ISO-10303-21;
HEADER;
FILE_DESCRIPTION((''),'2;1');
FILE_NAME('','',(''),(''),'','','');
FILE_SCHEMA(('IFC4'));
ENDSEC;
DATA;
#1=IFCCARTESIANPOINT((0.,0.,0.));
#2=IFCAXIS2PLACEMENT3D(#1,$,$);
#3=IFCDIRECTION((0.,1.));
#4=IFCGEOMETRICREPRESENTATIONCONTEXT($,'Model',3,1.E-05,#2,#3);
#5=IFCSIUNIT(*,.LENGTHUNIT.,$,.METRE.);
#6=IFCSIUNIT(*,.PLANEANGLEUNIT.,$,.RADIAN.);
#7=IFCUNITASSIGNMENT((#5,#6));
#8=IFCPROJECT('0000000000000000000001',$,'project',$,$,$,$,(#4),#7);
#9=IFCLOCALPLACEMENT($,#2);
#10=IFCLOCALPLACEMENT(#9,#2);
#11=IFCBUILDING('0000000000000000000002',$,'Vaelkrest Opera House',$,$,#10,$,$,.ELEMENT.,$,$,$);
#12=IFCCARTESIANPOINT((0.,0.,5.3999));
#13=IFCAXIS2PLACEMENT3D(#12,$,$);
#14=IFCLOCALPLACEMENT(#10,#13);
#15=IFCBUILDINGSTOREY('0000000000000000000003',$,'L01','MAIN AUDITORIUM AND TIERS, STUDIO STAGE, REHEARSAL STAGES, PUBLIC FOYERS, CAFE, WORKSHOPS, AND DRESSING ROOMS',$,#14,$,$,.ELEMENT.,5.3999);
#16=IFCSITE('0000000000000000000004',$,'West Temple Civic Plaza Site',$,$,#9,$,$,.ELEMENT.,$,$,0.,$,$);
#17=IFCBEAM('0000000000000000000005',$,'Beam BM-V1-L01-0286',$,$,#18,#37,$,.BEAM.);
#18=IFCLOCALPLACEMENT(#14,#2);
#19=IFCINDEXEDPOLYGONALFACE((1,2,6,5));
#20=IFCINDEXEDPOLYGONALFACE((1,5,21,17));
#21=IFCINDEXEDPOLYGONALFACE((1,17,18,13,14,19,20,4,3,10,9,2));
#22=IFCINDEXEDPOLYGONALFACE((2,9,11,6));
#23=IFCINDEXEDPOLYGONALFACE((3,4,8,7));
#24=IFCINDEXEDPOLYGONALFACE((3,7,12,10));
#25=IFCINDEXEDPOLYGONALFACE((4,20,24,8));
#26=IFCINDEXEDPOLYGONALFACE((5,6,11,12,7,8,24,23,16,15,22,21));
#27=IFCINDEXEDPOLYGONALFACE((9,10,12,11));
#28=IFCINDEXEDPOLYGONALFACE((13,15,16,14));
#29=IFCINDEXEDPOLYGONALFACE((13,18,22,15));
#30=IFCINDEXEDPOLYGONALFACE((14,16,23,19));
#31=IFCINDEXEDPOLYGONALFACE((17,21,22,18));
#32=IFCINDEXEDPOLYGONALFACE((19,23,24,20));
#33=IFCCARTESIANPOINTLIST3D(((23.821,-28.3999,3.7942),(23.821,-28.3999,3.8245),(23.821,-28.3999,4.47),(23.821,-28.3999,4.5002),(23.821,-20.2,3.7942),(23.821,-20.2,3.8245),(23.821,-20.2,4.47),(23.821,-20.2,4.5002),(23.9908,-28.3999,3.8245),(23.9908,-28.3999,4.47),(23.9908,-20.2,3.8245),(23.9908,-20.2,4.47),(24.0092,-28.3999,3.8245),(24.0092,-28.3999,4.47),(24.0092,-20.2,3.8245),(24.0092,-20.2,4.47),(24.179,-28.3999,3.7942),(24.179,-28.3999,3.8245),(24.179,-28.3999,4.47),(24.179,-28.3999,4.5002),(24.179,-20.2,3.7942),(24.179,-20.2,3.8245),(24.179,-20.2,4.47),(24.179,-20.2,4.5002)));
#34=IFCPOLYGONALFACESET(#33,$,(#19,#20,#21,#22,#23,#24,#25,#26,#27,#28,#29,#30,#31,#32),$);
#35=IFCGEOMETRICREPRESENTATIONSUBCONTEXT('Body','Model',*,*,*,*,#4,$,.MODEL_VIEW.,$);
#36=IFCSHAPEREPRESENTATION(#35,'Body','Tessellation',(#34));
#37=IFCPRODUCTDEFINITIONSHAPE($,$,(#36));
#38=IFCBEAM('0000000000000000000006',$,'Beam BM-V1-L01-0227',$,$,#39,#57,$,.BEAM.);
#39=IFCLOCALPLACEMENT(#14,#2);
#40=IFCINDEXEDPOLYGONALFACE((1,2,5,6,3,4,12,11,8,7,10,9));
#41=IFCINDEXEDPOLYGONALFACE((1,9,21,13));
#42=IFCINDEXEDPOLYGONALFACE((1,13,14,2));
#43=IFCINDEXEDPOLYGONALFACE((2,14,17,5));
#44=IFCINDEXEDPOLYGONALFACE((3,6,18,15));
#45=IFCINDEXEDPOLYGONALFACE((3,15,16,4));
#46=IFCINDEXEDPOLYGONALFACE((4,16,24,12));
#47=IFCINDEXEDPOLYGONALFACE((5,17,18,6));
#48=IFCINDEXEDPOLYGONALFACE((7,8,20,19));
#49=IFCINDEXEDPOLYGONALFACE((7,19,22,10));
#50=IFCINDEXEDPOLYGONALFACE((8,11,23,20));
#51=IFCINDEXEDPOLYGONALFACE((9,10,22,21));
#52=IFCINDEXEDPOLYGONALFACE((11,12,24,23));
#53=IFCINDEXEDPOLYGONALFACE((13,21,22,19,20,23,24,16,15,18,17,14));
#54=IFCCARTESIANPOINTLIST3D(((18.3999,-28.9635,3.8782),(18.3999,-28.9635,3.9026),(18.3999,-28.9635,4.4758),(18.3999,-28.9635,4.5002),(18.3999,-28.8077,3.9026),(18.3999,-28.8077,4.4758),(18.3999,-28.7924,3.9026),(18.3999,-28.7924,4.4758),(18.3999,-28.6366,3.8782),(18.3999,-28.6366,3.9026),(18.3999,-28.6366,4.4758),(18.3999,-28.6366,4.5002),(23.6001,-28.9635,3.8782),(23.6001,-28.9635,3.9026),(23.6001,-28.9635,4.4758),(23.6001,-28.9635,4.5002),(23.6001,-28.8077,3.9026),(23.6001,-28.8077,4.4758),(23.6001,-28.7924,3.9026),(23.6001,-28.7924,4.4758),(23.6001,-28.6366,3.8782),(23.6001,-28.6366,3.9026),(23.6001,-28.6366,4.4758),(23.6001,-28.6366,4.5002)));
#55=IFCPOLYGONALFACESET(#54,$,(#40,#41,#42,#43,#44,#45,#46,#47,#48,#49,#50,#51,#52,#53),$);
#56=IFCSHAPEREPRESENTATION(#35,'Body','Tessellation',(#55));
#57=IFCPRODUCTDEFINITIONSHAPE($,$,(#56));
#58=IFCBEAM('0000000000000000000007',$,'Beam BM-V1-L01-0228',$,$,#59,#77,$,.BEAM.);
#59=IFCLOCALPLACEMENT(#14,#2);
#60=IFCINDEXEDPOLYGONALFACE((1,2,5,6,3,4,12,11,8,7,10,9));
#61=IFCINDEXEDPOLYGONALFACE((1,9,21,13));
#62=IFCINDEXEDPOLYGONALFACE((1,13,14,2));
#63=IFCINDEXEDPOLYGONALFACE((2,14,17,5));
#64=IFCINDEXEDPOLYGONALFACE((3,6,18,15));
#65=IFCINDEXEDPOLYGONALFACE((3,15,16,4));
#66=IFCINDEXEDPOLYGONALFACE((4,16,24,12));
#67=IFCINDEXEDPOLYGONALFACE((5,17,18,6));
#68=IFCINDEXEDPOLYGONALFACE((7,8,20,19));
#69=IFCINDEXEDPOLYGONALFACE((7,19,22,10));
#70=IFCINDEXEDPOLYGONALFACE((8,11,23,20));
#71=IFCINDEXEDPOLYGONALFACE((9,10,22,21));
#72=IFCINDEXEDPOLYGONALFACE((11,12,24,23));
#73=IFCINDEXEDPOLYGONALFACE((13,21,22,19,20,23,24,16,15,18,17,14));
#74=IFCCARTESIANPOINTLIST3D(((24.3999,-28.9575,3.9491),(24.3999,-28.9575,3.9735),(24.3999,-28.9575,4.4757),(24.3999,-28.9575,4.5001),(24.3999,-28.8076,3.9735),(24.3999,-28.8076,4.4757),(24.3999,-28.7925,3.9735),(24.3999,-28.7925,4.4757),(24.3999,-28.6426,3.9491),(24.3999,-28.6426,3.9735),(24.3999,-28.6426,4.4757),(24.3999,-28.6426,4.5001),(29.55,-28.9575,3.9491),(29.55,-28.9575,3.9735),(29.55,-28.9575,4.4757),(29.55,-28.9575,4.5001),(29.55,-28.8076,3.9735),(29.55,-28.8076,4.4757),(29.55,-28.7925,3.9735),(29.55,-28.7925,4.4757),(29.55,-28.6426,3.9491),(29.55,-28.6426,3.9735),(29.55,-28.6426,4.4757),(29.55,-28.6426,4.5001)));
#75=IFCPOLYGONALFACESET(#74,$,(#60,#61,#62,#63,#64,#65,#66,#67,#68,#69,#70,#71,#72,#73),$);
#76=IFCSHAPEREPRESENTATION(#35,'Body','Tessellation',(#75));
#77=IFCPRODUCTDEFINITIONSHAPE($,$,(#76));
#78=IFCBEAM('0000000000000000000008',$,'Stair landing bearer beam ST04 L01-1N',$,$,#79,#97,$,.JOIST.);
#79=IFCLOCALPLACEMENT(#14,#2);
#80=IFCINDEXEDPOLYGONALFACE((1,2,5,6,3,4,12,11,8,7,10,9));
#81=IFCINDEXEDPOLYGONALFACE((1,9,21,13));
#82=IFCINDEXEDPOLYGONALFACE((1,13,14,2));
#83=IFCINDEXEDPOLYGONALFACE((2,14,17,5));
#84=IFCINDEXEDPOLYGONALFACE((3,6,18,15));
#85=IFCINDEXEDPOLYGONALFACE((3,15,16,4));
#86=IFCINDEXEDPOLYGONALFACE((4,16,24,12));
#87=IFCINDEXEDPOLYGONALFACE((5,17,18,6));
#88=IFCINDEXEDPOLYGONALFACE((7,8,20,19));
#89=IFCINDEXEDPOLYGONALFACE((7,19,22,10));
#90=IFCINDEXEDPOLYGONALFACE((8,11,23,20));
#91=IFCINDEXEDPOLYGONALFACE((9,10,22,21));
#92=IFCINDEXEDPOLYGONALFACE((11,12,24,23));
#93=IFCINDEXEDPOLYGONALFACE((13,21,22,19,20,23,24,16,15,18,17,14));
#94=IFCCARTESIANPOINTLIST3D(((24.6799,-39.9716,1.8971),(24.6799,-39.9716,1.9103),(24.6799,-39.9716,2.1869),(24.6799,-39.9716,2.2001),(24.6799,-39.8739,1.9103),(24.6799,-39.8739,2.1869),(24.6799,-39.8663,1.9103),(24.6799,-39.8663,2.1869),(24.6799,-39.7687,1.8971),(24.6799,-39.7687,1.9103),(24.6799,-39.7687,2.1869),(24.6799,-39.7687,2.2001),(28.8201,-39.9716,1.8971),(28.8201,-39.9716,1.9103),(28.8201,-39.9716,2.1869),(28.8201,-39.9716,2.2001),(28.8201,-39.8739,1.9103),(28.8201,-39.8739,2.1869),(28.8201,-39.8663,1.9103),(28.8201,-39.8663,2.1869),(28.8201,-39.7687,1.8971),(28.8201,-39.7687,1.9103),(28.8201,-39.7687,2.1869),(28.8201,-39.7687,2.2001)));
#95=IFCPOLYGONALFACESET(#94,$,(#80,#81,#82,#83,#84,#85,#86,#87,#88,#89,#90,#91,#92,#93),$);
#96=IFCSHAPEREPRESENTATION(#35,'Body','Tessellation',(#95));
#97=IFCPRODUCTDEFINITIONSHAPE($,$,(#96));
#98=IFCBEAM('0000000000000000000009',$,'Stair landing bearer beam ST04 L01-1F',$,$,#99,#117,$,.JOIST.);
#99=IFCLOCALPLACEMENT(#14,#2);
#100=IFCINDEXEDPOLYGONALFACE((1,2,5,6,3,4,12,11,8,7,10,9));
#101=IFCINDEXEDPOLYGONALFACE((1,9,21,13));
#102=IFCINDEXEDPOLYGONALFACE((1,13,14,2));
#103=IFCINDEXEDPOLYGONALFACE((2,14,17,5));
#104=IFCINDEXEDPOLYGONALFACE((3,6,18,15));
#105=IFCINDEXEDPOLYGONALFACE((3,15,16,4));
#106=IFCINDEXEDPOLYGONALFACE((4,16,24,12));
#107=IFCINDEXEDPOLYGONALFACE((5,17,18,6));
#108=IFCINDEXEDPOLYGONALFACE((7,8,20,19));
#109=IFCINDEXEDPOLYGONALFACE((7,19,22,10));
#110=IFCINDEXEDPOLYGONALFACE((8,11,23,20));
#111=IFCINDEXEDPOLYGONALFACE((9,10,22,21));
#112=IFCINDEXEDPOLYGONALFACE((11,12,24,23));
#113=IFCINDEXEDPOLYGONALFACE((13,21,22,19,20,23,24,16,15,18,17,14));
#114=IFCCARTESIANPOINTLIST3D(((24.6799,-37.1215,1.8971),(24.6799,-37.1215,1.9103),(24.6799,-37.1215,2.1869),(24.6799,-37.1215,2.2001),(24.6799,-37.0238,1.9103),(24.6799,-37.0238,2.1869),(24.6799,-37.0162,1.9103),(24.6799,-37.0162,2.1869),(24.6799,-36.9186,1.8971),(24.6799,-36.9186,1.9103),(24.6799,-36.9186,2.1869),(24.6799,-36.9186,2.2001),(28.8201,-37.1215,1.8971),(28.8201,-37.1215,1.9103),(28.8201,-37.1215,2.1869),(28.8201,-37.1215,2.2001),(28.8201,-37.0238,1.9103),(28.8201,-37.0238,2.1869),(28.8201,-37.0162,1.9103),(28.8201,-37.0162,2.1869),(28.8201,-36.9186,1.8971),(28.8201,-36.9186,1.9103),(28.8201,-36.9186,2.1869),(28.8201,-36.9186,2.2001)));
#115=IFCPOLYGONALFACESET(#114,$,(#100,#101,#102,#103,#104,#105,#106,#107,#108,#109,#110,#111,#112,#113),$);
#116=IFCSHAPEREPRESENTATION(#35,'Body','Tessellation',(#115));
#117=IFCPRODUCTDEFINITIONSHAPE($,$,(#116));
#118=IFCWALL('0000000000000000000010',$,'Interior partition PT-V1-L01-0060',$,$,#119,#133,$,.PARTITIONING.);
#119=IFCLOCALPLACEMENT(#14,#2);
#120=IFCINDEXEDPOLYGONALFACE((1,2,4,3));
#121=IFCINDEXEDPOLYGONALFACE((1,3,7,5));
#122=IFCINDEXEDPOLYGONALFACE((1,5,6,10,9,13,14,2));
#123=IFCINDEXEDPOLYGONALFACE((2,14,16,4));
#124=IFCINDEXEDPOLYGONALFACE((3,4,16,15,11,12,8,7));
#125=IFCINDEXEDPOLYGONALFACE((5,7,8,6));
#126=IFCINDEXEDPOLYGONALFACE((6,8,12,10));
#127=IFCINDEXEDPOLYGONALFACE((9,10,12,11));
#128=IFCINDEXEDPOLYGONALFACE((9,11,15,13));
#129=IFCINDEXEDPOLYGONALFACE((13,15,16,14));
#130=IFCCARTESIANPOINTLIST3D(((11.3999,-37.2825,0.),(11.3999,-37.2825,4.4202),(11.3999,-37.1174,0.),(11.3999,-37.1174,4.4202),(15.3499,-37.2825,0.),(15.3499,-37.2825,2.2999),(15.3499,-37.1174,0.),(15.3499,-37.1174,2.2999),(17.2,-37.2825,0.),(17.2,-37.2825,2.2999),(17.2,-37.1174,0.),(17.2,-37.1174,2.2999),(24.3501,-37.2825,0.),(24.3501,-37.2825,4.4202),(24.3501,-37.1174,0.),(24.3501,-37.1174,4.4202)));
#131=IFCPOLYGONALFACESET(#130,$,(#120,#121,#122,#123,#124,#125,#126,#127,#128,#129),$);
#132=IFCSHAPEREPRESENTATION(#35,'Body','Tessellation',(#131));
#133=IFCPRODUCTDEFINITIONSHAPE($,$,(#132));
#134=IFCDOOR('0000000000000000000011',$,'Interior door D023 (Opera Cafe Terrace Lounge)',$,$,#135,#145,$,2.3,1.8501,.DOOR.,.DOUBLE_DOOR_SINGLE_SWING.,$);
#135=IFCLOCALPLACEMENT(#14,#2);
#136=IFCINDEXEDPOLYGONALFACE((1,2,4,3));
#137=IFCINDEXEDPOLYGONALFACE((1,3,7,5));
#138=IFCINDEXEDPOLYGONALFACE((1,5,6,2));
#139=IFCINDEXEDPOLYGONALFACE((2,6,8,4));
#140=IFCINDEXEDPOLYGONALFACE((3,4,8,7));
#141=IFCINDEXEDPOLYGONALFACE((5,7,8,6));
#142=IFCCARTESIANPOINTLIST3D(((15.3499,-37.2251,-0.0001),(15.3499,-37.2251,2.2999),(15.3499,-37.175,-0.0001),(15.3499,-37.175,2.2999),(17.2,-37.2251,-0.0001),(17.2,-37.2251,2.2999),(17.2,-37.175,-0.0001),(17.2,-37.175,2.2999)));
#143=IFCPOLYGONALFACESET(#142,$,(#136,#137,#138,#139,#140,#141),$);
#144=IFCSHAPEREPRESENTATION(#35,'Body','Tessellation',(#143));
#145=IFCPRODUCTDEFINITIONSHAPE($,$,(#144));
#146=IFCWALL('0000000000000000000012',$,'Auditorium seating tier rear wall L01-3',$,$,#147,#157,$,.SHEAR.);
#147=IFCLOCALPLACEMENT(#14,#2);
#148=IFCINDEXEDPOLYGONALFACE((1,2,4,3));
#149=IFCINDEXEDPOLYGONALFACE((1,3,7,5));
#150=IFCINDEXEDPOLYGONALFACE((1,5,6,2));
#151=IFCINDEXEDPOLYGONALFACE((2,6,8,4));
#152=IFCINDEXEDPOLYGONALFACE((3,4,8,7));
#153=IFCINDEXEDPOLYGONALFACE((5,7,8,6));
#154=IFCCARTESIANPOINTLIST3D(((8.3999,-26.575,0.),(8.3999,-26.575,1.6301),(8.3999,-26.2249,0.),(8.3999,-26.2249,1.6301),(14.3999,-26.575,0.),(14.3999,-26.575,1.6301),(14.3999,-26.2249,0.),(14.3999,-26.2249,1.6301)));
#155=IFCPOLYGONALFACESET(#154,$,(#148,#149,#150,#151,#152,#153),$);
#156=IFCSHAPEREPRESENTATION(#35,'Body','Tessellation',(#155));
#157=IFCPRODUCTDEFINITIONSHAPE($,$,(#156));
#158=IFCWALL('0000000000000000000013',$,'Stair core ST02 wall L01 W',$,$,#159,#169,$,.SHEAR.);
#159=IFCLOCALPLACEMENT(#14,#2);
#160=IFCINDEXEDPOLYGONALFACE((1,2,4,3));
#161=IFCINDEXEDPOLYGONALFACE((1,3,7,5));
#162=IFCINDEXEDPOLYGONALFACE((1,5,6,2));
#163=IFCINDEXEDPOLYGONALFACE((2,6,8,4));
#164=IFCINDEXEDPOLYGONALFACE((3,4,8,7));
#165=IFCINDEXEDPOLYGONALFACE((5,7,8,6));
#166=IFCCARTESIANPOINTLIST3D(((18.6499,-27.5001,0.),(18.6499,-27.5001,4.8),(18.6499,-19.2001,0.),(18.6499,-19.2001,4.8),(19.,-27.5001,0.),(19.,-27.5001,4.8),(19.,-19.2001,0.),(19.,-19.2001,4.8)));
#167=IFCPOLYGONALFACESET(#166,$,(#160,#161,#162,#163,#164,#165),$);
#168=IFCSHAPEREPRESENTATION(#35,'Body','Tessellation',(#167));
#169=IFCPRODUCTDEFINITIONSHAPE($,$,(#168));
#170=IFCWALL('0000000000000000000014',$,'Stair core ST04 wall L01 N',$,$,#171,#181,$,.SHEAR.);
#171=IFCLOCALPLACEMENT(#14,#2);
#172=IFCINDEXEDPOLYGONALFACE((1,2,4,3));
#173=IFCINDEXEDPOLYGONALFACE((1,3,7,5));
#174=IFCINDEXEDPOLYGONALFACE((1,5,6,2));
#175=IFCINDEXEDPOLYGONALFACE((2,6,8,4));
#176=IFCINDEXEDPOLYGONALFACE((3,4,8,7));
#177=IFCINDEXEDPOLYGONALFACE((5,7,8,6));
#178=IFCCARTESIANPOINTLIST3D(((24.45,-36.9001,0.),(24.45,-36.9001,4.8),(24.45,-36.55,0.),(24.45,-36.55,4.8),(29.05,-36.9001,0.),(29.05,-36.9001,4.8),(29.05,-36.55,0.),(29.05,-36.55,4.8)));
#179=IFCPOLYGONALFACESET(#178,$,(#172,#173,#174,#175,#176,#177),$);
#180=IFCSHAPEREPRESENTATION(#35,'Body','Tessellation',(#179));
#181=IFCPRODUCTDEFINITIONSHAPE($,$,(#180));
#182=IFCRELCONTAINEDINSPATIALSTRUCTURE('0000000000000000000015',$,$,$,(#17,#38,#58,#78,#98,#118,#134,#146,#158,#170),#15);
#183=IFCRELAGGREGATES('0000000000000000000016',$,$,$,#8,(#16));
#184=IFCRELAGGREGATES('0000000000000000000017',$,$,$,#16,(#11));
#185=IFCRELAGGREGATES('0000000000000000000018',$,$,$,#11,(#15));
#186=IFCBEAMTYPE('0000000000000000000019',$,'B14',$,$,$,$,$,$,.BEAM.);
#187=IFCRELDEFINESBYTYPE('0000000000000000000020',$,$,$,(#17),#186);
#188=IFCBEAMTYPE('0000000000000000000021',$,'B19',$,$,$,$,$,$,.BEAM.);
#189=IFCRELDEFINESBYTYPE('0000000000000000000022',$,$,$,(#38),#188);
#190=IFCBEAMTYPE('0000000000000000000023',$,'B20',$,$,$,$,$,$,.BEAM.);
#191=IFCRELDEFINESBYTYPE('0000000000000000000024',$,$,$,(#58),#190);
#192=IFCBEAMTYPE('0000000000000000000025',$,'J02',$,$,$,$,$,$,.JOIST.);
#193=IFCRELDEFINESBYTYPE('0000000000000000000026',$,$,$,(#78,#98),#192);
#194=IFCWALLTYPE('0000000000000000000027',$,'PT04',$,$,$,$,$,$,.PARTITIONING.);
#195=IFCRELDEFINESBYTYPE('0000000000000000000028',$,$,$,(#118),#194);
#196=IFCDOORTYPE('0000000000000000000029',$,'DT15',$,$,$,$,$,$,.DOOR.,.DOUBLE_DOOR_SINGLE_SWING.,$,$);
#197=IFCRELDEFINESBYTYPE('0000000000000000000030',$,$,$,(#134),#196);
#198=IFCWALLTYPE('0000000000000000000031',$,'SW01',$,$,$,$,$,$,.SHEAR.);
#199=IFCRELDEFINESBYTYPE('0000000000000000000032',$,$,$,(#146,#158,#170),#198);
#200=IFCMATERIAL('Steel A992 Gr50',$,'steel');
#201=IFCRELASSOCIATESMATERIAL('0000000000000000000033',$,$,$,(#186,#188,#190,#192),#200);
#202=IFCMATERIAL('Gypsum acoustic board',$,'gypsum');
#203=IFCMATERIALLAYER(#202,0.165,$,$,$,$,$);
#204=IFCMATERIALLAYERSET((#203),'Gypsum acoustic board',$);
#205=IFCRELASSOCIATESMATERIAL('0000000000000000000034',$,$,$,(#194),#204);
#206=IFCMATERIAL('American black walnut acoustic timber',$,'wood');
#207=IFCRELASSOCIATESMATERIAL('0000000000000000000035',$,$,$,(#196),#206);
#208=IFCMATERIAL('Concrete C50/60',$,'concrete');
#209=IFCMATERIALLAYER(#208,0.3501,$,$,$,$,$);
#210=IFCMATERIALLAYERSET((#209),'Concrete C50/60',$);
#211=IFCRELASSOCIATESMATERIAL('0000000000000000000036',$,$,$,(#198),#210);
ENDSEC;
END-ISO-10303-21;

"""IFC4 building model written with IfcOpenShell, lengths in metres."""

from ifc_helpers import new_model, si_unit, direction, frame, frame_2d, origin, origin_2d, place, context, subcontext, project, spatial, rectangle, i_section, extrude, material, layer, layer_set, material_profile, profile_set, type_object, element, fill, save


model = new_model("IFC4")

# Units and contexts
model_context = context("Model", 3, precision=1e-05, world=origin(), true_north=direction((0.0, 1.0)))
body_context = subcontext(model_context, "Body", "Model", "MODEL_VIEW")
ifc_project = project(units=[si_unit("LENGTHUNIT", "METRE"), si_unit("PLANEANGLEUNIT", "RADIAN")], contexts=[model_context])

# Site, building, storey
site_placement = place(None, origin())
site = spatial("IfcSite", under=ifc_project, at=site_placement, Name="West Temple Civic Plaza Site", CompositionType="ELEMENT", RefElevation=0.0)
building_placement = place(site_placement, origin())
building = spatial("IfcBuilding", under=site, at=building_placement, Name="Vaelkrest Opera House", CompositionType="ELEMENT")
storey_placement = place(building_placement, frame((0.0, 0.0, 5.3999)))
storey = spatial("IfcBuildingStorey", under=building, at=storey_placement, Name="L01", Description="MAIN AUDITORIUM AND TIERS, STUDIO STAGE, REHEARSAL STAGES, PUBLIC FOYERS, CAFE, WORKSHOPS, AND DRESSING ROOMS", CompositionType="ELEMENT", Elevation=5.3999)

# Shared definitions
ifc_material_1 = material(Name="Concrete C50/60", Category="concrete")

# Beams
ifc_material_2 = material(Name="Steel A992 Gr50", Category="steel")
ifc_material_profile_1 = material_profile(ifc_material_2, i_section(OverallWidth=0.3579, OverallDepth=0.7061, WebThickness=0.0183, FlangeThickness=0.0303, at=origin_2d()), Name="W27X178")
ifc_profile_set_1 = profile_set([ifc_material_profile_1], Name="Steel A992 Gr50")
beam_type_1 = type_object("IfcBeamType", Name="B14", PredefinedType="BEAM", material=ifc_profile_set_1)
beam_1_placement = place(storey_placement, frame((24.0, -28.3999, 4.1472), z_axis=(0.0, 1.0, 0.0), x_axis=(-1.0, 0.0, 0.0)))
element("IfcBeam", 1, at=beam_1_placement, inside=storey, type_object=beam_type_1, Name="Beam BM-V1-L01-0286", PredefinedType="BEAM", context=body_context, shape_type="SweptSolid", body=[
    extrude(i_section(OverallWidth=0.3579, OverallDepth=0.7061, WebThickness=0.0183, FlangeThickness=0.0303, at=origin_2d()), origin(), (0.0, 0.0, 1.0), 8.2),
])
ifc_material_profile_2 = material_profile(ifc_material_2, i_section(OverallWidth=0.3269, OverallDepth=0.6221, WebThickness=0.0154, FlangeThickness=0.0244, at=origin_2d()), Name="W24X131")
ifc_profile_set_2 = profile_set([ifc_material_profile_2], Name="Steel A992 Gr50")
beam_type_2 = type_object("IfcBeamType", Name="B19", PredefinedType="BEAM", material=ifc_profile_set_2)
beam_2_placement = place(storey_placement, frame((18.3999, -28.8, 4.1892), z_axis=(1.0, 0.0, 0.0), x_axis=(0.0, 1.0, 0.0)))
element("IfcBeam", 2, at=beam_2_placement, inside=storey, type_object=beam_type_2, Name="Beam BM-V1-L01-0227", PredefinedType="BEAM", context=body_context, shape_type="SweptSolid", body=[
    extrude(i_section(OverallWidth=0.3269, OverallDepth=0.6221, WebThickness=0.0154, FlangeThickness=0.0244, at=origin_2d()), origin(), (0.0, 0.0, 1.0), 5.2002),
])
ifc_material_profile_3 = material_profile(ifc_material_2, i_section(OverallWidth=0.3149, OverallDepth=0.551, WebThickness=0.0151, FlangeThickness=0.0244, at=origin_2d()), Name="W21X122")
ifc_profile_set_3 = profile_set([ifc_material_profile_3], Name="Steel A992 Gr50")
beam_type_3 = type_object("IfcBeamType", Name="B20", PredefinedType="BEAM", material=ifc_profile_set_3)
beam_3_placement = place(storey_placement, frame((24.3999, -28.8, 4.2246), z_axis=(1.0, 0.0, 0.0), x_axis=(0.0, 1.0, 0.0)))
element("IfcBeam", 3, at=beam_3_placement, inside=storey, type_object=beam_type_3, Name="Beam BM-V1-L01-0228", PredefinedType="BEAM", context=body_context, shape_type="SweptSolid", body=[
    extrude(i_section(OverallWidth=0.3149, OverallDepth=0.551, WebThickness=0.0151, FlangeThickness=0.0244, at=origin_2d()), origin(), (0.0, 0.0, 1.0), 5.1501),
])
ifc_material_profile_4 = material_profile(ifc_material_2, i_section(OverallWidth=0.2029, OverallDepth=0.303, WebThickness=0.0076, FlangeThickness=0.0132, at=origin_2d()), Name="W12X40")
ifc_profile_set_4 = profile_set([ifc_material_profile_4], Name="Steel A992 Gr50")
beam_type_4 = type_object("IfcBeamType", Name="J02", PredefinedType="JOIST", material=ifc_profile_set_4)
for number, where, z_axis, x_axis, name in (
    (4, (24.6799, -39.8701, 2.0486), (1.0, 0.0, 0.0), (0.0, 1.0, 0.0), "Stair landing bearer beam ST04 L01-1N"),
    (5, (24.6799, -37.02, 2.0486), (1.0, 0.0, 0.0), (0.0, 1.0, 0.0), "Stair landing bearer beam ST04 L01-1F"),
):
    element("IfcBeam", number, at=place(storey_placement, frame(where, z_axis=z_axis, x_axis=x_axis)), inside=storey, type_object=beam_type_4, Name=name, PredefinedType="JOIST", context=body_context, shape_type="SweptSolid", body=[
        extrude(i_section(OverallWidth=0.2029, OverallDepth=0.303, WebThickness=0.0076, FlangeThickness=0.0132, at=origin_2d()), origin(), (0.0, 0.0, 1.0), 4.1401),
    ])

# Wall, opening, door
ifc_material_3 = material(Name="Gypsum acoustic board", Category="gypsum")
ifc_layer_1 = layer(ifc_material_3, 0.165)
ifc_layer_set_1 = layer_set([ifc_layer_1], Name="Gypsum acoustic board")
wall_type_1 = type_object("IfcWallType", Name="PT04", PredefinedType="PARTITIONING", material=ifc_layer_set_1)
wall_1_placement = place(storey_placement, frame((11.3999, -37.2, 0.0), z_axis=(0.0, 0.0, 1.0), x_axis=(1.0, 0.0, 0.0)))
wall_1 = element("IfcWall", 6, at=wall_1_placement, inside=storey, type_object=wall_type_1, Name="Interior partition PT-V1-L01-0060", PredefinedType="PARTITIONING", context=body_context, shape_type="SweptSolid", body=[
    extrude(rectangle(XDim=12.9502, YDim=0.165, at=frame_2d((6.4751, 0.0))), origin(), (0.0, 0.0, 1.0), 4.4202),
])
opening_1_placement = place(wall_1_placement, frame((3.95, 0.0, 0.0)))
opening_1 = element("IfcOpeningElement", 7, at=opening_1_placement, cuts=wall_1, PredefinedType="OPENING", context=body_context, shape_type="SweptSolid", body=[
    extrude(rectangle(XDim=1.8501, YDim=2.3, at=frame_2d((0.925, 1.1499))), frame((0.0, 0.0925, 0.0), z_axis=(0.0, -1.0, 0.0), x_axis=(1.0, 0.0, 0.0)), (0.0, 0.0, 1.0), 0.1851),
])
ifc_material_4 = material(Name="American black walnut acoustic timber", Category="wood")
door_type_1 = type_object("IfcDoorType", Name="DT15", OperationType="DOUBLE_DOOR_SINGLE_SWING", PredefinedType="DOOR", material=ifc_material_4)
door_1_placement = place(opening_1_placement, origin())
door_1 = element("IfcDoor", 8, at=door_1_placement, inside=storey, type_object=door_type_1, Name="Interior door D023 (Opera Cafe Terrace Lounge)", OperationType="DOUBLE_DOOR_SINGLE_SWING", OverallHeight=2.3, OverallWidth=1.8501, PredefinedType="DOOR", context=body_context, shape_type="SweptSolid", body=[
    extrude(rectangle(XDim=1.8501, YDim=2.3, at=frame_2d((0.925, 1.1499))), frame((0.0, 0.0249, 0.0), z_axis=(0.0, -1.0, 0.0), x_axis=(1.0, 0.0, 0.0)), (0.0, 0.0, 1.0), 0.05),
])
fill(opening_1, door_1)

# Wall
ifc_layer_2 = layer(ifc_material_1, 0.3501)
ifc_layer_set_2 = layer_set([ifc_layer_2], Name="Concrete C50/60")
wall_type_2 = type_object("IfcWallType", Name="SW01", PredefinedType="SHEAR", material=ifc_layer_set_2)
wall_2_placement = place(storey_placement, frame((8.3999, -26.3999, 0.0), z_axis=(0.0, 0.0, 1.0), x_axis=(1.0, 0.0, 0.0)))
element("IfcWall", 9, at=wall_2_placement, inside=storey, type_object=wall_type_2, Name="Auditorium seating tier rear wall L01-3", PredefinedType="SHEAR", context=body_context, shape_type="SweptSolid", body=[
    extrude(rectangle(XDim=6.0, YDim=0.3501, at=frame_2d((3.0, 0.0))), origin(), (0.0, 0.0, 1.0), 1.6301),
])

# Walls
wall_3_placement = place(storey_placement, frame((18.825, -27.5, 0.0), z_axis=(0.0, 0.0, 1.0), x_axis=(0.0, 1.0, 0.0)))
element("IfcWall", 10, at=wall_3_placement, inside=storey, type_object=wall_type_2, Name="Stair core ST02 wall L01 W", PredefinedType="SHEAR", context=body_context, shape_type="SweptSolid", body=[
    extrude(rectangle(XDim=8.3, YDim=0.3501, at=frame_2d((4.1499, 0.0))), origin(), (0.0, 0.0, 1.0), 4.8),
])
wall_4_placement = place(storey_placement, frame((24.45, -36.7251, 0.0), z_axis=(0.0, 0.0, 1.0), x_axis=(1.0, 0.0, 0.0)))
element("IfcWall", 11, at=wall_4_placement, inside=storey, type_object=wall_type_2, Name="Stair core ST04 wall L01 N", PredefinedType="SHEAR", context=body_context, shape_type="SweptSolid", body=[
    extrude(rectangle(XDim=4.6001, YDim=0.3501, at=frame_2d((2.3, 0.0))), origin(), (0.0, 0.0, 1.0), 4.8),
])

save(model, "model.ifc")
